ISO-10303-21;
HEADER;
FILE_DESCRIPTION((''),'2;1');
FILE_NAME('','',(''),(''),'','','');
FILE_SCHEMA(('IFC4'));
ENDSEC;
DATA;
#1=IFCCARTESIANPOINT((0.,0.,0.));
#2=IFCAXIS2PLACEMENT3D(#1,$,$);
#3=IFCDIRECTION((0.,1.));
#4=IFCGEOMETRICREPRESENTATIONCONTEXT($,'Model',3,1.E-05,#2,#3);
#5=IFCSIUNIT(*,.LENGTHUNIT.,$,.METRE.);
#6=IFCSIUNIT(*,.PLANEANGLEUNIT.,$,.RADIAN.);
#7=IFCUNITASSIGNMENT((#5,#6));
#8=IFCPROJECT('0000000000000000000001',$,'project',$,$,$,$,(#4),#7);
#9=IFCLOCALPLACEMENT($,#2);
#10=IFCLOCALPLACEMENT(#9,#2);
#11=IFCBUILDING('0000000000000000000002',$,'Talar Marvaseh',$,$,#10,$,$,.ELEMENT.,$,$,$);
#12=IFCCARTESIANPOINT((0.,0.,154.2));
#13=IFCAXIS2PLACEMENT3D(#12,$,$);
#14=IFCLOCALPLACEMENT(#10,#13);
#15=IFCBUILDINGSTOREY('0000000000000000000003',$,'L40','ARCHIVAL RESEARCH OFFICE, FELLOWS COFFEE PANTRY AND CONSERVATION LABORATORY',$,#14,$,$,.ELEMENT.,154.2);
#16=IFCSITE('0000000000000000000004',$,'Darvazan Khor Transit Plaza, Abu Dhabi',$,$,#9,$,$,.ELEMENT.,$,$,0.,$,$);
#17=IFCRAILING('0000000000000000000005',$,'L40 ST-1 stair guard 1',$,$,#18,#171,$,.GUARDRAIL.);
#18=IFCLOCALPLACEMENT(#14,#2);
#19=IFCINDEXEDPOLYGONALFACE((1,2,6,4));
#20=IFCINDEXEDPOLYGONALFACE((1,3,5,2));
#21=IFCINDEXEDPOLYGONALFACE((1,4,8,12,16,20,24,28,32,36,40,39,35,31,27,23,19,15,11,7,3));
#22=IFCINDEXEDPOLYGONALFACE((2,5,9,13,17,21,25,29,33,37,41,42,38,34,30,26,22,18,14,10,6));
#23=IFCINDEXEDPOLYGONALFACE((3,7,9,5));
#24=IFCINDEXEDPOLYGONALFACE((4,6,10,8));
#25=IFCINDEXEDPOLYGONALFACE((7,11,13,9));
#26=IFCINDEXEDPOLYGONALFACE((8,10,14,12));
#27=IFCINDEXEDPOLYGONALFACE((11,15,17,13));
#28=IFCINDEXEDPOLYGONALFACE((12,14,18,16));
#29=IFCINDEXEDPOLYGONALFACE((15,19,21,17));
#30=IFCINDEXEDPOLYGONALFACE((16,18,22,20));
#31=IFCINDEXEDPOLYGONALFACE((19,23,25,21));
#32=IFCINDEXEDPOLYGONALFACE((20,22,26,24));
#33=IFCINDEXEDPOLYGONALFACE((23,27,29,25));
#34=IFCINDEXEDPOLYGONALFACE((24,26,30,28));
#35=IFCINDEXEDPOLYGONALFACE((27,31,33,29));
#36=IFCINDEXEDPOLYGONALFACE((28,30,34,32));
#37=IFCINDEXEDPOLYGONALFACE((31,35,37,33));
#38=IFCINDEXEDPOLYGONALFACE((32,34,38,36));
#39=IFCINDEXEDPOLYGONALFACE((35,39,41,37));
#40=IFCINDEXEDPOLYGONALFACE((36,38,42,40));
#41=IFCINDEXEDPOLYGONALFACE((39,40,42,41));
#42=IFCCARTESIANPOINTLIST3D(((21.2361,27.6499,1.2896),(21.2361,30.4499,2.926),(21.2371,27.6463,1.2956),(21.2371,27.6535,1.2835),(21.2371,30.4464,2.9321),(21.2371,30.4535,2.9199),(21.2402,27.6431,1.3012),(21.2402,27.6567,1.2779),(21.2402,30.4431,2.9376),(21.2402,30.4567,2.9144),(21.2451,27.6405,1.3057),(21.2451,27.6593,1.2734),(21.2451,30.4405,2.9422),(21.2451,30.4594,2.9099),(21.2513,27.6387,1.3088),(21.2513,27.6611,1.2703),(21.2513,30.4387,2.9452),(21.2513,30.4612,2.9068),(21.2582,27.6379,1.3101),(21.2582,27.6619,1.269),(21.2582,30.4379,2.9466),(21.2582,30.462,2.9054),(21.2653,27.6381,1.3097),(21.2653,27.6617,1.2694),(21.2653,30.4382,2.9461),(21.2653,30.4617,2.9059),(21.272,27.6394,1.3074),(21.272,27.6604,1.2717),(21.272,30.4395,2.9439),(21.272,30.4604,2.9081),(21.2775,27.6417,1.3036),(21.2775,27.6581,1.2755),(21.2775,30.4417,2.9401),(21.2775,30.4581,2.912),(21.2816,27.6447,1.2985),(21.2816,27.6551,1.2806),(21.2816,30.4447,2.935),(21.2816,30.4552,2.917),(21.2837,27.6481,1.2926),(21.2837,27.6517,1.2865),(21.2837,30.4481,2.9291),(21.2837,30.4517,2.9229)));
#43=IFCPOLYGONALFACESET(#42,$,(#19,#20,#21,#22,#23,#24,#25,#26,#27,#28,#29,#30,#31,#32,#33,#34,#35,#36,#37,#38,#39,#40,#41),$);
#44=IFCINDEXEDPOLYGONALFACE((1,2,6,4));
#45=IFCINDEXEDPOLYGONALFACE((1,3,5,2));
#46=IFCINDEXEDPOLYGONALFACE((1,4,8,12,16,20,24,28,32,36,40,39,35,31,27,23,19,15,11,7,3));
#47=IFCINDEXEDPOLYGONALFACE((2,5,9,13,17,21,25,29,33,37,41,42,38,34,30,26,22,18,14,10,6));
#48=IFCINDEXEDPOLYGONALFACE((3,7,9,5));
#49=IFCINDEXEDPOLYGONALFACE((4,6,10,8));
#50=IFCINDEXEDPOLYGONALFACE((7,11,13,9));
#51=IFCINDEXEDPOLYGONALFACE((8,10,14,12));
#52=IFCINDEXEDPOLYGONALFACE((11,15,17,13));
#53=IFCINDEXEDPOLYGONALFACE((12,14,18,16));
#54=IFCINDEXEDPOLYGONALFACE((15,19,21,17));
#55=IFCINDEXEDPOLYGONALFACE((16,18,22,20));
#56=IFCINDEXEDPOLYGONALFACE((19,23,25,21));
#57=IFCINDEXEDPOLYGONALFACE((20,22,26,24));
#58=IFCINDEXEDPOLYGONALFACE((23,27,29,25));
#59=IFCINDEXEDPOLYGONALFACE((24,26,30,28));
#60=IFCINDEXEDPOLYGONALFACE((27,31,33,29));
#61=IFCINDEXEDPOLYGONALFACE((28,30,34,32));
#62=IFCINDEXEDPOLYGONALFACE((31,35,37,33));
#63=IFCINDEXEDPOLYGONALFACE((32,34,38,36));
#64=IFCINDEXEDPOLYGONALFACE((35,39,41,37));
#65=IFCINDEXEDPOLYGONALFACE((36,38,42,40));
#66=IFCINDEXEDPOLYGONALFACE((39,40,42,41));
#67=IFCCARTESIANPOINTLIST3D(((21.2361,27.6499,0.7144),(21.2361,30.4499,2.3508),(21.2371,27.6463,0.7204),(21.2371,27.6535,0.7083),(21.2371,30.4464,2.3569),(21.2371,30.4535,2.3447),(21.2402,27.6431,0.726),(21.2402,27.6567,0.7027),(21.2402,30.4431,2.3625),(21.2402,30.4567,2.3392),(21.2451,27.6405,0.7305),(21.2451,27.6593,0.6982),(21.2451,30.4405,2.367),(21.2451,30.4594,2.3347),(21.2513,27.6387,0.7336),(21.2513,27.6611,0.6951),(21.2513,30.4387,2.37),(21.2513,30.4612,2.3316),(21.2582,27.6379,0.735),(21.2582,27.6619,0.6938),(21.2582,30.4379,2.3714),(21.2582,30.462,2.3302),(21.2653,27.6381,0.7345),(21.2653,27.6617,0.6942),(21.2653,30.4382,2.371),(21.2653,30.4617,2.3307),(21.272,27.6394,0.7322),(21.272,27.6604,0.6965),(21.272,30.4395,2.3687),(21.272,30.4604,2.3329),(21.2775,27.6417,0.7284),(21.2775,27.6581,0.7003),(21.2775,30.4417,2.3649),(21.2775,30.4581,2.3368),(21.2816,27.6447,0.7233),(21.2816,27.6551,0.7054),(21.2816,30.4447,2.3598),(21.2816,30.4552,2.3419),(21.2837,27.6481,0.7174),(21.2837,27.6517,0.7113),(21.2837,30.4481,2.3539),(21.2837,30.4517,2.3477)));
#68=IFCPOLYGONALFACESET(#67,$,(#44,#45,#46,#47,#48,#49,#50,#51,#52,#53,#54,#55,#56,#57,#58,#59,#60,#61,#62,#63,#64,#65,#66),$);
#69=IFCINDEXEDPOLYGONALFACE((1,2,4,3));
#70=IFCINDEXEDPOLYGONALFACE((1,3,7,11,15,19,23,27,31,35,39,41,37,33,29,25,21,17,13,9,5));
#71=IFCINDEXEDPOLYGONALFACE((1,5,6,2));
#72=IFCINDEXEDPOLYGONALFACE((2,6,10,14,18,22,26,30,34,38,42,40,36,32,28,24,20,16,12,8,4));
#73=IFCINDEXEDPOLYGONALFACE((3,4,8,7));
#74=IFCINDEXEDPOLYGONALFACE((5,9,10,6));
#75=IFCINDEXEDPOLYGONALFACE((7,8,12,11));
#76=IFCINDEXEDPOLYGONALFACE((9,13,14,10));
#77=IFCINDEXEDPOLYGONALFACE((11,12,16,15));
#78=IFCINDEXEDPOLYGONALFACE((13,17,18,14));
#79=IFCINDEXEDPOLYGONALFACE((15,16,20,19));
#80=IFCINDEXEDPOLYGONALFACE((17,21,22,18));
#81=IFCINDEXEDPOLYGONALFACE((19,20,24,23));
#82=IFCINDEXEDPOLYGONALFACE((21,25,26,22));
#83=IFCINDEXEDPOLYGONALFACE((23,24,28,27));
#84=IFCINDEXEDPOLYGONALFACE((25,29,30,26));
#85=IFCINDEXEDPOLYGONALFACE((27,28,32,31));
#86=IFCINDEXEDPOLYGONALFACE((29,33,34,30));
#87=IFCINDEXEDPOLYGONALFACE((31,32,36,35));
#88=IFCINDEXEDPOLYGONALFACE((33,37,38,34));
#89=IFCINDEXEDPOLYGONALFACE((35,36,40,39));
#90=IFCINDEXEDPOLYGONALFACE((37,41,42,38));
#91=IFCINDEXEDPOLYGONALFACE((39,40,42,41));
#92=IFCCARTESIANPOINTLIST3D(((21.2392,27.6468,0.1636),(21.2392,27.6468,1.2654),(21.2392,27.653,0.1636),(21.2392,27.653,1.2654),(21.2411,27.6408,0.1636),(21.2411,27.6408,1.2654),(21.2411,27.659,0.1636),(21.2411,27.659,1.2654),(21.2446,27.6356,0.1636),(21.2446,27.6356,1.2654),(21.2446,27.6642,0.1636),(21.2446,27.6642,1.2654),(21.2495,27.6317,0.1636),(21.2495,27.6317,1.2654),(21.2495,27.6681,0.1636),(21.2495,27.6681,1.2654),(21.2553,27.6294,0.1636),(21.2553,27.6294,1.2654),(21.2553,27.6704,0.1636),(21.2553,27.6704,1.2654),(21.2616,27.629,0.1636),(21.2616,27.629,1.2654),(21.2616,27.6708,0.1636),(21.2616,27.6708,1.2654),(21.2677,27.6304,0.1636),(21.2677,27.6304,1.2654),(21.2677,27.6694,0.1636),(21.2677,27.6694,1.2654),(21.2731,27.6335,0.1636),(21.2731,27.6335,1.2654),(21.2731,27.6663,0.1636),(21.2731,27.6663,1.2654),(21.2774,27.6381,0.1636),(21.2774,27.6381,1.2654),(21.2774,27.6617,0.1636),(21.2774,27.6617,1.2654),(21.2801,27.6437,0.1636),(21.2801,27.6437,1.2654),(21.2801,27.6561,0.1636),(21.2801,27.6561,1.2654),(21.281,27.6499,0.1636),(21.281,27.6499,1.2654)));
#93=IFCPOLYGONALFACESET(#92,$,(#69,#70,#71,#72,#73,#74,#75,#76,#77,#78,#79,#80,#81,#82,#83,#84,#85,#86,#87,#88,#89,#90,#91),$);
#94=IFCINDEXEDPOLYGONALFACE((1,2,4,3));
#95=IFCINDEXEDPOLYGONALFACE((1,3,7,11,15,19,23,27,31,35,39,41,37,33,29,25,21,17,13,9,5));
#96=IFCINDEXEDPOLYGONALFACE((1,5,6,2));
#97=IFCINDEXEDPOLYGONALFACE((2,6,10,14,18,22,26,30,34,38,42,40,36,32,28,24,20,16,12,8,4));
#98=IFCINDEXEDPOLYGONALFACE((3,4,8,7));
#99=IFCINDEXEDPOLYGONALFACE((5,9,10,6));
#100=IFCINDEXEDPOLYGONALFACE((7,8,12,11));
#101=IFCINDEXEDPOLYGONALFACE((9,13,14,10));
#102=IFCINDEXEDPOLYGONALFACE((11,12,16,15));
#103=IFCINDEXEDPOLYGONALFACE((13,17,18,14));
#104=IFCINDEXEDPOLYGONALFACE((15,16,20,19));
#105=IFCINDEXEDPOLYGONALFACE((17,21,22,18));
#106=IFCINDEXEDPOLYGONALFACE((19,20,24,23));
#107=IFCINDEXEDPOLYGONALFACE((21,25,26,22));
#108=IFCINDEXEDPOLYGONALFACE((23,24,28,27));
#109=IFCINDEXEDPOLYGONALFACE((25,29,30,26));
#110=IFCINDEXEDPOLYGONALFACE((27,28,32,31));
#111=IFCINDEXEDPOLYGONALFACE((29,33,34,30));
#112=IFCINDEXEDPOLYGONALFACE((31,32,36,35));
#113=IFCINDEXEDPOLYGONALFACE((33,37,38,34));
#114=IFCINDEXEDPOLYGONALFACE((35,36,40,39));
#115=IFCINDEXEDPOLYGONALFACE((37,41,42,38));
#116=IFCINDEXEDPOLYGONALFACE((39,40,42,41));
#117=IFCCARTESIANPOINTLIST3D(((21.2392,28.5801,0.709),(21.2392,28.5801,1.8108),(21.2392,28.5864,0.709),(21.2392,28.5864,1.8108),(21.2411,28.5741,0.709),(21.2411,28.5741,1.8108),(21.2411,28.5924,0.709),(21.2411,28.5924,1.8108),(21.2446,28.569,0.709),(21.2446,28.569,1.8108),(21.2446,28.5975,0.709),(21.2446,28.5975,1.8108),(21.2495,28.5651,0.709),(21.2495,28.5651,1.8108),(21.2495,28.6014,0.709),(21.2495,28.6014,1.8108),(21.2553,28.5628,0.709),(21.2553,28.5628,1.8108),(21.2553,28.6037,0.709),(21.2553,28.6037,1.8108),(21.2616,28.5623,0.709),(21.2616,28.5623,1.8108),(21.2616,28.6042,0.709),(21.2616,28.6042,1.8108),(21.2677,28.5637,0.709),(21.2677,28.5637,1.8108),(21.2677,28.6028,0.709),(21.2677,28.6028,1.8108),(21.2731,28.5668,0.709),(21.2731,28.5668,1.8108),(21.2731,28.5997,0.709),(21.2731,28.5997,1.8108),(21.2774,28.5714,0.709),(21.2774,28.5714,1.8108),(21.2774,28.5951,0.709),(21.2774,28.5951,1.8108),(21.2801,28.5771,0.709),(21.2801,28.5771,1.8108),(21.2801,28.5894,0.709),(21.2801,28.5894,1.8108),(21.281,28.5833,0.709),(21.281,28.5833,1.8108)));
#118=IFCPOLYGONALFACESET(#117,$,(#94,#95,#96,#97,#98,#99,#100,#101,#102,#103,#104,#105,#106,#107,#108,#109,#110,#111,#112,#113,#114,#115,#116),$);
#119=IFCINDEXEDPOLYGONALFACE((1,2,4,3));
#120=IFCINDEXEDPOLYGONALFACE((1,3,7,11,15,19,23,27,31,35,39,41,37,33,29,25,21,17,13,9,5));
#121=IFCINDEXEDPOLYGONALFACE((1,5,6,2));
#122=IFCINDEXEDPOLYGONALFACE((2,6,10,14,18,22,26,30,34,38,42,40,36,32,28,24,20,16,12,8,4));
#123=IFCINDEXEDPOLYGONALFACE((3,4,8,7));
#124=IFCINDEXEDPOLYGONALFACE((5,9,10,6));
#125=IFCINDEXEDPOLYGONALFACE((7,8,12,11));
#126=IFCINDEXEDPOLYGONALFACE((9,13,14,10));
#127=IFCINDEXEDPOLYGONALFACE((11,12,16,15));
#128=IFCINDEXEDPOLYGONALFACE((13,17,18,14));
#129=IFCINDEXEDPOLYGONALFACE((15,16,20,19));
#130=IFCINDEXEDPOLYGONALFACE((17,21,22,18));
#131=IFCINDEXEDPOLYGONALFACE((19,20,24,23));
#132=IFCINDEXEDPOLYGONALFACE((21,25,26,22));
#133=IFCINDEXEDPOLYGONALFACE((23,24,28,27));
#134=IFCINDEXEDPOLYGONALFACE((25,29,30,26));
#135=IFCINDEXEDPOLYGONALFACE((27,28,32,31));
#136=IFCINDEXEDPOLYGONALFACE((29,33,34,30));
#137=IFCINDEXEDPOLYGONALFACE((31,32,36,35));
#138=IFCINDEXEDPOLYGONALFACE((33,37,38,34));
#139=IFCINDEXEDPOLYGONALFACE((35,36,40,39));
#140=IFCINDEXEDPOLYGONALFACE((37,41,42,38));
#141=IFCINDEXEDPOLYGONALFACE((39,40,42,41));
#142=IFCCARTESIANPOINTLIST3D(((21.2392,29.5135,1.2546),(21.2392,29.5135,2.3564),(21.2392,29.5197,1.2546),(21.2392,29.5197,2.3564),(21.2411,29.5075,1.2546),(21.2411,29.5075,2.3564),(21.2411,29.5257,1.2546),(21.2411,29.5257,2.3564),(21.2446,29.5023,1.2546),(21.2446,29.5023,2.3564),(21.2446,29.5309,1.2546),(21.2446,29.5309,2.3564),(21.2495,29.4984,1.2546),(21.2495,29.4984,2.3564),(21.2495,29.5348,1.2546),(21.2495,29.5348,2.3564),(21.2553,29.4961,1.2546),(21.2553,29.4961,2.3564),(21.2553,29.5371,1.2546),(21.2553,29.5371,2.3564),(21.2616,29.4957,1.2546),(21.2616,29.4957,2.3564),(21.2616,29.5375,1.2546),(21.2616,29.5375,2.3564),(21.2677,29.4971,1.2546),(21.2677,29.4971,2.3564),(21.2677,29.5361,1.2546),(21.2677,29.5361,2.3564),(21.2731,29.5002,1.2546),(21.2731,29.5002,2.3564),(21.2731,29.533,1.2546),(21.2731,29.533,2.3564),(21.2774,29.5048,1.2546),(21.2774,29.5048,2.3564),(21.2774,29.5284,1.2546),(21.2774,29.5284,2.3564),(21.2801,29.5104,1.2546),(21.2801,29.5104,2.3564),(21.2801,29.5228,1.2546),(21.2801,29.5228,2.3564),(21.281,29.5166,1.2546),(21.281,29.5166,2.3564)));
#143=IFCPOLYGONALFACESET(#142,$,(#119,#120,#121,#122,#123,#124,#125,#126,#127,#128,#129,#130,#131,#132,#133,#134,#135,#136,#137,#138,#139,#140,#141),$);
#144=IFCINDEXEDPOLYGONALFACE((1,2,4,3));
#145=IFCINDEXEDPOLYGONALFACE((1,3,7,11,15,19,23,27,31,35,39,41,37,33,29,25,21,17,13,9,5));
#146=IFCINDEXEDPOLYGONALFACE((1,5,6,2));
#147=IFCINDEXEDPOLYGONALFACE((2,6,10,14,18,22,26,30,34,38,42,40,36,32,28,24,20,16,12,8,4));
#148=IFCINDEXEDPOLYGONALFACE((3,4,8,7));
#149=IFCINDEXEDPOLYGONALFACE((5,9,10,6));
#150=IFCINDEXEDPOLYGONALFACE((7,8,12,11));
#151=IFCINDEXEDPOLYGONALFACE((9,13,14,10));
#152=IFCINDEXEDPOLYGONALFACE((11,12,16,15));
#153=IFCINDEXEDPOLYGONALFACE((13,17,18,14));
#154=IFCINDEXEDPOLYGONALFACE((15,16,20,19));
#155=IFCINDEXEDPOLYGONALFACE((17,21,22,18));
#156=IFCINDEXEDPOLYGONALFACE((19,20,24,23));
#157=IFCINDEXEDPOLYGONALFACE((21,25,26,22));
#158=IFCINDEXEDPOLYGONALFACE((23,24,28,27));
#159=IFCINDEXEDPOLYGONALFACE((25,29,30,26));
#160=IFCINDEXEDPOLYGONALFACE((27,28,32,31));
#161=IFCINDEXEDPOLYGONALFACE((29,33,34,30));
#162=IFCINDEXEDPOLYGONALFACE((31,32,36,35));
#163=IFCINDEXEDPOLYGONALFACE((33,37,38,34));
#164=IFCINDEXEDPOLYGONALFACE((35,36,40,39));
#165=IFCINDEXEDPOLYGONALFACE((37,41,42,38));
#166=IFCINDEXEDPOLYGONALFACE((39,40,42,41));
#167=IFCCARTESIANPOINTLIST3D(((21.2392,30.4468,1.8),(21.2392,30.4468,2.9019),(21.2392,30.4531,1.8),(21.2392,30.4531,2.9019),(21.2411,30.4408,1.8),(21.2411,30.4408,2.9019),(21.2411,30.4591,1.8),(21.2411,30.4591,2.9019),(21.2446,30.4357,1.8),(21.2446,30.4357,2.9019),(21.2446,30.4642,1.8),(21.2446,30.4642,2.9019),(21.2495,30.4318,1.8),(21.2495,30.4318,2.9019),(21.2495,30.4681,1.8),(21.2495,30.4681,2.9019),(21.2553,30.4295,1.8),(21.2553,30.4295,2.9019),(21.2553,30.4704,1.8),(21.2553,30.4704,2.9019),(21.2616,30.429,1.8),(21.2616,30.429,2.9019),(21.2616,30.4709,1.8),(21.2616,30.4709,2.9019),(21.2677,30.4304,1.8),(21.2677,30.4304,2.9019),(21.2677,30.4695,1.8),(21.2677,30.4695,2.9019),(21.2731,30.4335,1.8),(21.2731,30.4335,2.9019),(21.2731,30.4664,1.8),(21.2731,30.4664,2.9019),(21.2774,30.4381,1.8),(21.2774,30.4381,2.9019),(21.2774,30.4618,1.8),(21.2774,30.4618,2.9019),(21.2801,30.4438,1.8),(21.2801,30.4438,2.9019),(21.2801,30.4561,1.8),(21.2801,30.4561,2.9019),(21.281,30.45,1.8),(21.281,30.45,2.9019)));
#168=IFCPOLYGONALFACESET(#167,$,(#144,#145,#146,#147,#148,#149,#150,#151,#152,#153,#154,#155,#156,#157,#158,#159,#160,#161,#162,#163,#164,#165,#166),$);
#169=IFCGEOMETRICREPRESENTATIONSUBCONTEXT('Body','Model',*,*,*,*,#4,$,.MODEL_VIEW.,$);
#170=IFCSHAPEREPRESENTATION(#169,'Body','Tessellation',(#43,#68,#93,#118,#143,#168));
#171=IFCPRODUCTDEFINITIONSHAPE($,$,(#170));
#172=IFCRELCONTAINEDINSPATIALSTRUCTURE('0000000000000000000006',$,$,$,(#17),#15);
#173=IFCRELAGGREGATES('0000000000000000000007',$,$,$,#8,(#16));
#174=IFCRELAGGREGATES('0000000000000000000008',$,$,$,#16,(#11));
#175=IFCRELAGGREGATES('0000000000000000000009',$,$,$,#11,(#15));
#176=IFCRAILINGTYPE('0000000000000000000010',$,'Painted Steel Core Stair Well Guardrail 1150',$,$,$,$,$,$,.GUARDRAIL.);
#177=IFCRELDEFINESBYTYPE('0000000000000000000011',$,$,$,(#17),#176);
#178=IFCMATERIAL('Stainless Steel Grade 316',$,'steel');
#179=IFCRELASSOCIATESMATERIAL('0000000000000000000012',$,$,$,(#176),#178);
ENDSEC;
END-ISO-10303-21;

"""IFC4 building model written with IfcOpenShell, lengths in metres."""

from ifc_helpers import new_model, si_unit, direction, frame, origin, origin_2d, place, context, subcontext, project, spatial, circle, extrude, material, type_object, element, save


model = new_model("IFC4")

# Units and contexts
model_context = context("Model", 3, precision=1e-05, world=origin(), true_north=direction((0.0, 1.0)))
body_context = subcontext(model_context, "Body", "Model", "MODEL_VIEW")
ifc_project = project(units=[si_unit("LENGTHUNIT", "METRE"), si_unit("PLANEANGLEUNIT", "RADIAN")], contexts=[model_context])

# Site, building, storey
site_placement = place(None, origin())
site = spatial("IfcSite", under=ifc_project, at=site_placement, Name="Darvazan Khor Transit Plaza, Abu Dhabi", CompositionType="ELEMENT", RefElevation=0.0)
building_placement = place(site_placement, origin())
building = spatial("IfcBuilding", under=site, at=building_placement, Name="Talar Marvaseh", CompositionType="ELEMENT")
storey_placement = place(building_placement, frame((0.0, 0.0, 154.2)))
storey = spatial("IfcBuildingStorey", under=building, at=storey_placement, Name="L40", Description="ARCHIVAL RESEARCH OFFICE, FELLOWS COFFEE PANTRY AND CONSERVATION LABORATORY", CompositionType="ELEMENT", Elevation=154.2)

# Railing
ifc_material_1 = material(Name="Stainless Steel Grade 316", Category="steel")
railing_type_1 = type_object("IfcRailingType", Name="Painted Steel Core Stair Well Guardrail 1150", PredefinedType="GUARDRAIL", material=ifc_material_1)
railing_1_placement = place(storey_placement, frame((21.26, 27.6499, 0.1636)))
element("IfcRailing", 1, at=railing_1_placement, inside=storey, type_object=railing_type_1, Name="L40 ST-1 stair guard 1", PredefinedType="GUARDRAIL", context=body_context, shape_type="SweptSolid", body=[
    extrude(circle(Radius=0.0239, at=origin_2d()), frame((0.0, 0.0, 1.126), z_axis=(0.0, 0.863361, 0.504587), x_axis=(-1.0, 0.0, 0.0)), (0.0, 0.0, 1.0), 3.2432),
    extrude(circle(Radius=0.0239, at=origin_2d()), frame((0.0, 0.0, 0.5508), z_axis=(0.0, 0.863361, 0.504587), x_axis=(-1.0, 0.0, 0.0)), (0.0, 0.0, 1.0), 3.2432),
    extrude(circle(Radius=0.021, at=origin_2d()), origin(), (0.0, 0.0, 1.0), 1.1018),
    extrude(circle(Radius=0.021, at=origin_2d()), frame((0.0, 0.9333, 0.5454)), (0.0, 0.0, 1.0), 1.1018),
    extrude(circle(Radius=0.021, at=origin_2d()), frame((0.0, 1.8667, 1.0911)), (0.0, 0.0, 1.0), 1.1018),
    extrude(circle(Radius=0.021, at=origin_2d()), frame((0.0, 2.8, 1.6365)), (0.0, 0.0, 1.0), 1.1018),
])

save(model, "model.ifc")
